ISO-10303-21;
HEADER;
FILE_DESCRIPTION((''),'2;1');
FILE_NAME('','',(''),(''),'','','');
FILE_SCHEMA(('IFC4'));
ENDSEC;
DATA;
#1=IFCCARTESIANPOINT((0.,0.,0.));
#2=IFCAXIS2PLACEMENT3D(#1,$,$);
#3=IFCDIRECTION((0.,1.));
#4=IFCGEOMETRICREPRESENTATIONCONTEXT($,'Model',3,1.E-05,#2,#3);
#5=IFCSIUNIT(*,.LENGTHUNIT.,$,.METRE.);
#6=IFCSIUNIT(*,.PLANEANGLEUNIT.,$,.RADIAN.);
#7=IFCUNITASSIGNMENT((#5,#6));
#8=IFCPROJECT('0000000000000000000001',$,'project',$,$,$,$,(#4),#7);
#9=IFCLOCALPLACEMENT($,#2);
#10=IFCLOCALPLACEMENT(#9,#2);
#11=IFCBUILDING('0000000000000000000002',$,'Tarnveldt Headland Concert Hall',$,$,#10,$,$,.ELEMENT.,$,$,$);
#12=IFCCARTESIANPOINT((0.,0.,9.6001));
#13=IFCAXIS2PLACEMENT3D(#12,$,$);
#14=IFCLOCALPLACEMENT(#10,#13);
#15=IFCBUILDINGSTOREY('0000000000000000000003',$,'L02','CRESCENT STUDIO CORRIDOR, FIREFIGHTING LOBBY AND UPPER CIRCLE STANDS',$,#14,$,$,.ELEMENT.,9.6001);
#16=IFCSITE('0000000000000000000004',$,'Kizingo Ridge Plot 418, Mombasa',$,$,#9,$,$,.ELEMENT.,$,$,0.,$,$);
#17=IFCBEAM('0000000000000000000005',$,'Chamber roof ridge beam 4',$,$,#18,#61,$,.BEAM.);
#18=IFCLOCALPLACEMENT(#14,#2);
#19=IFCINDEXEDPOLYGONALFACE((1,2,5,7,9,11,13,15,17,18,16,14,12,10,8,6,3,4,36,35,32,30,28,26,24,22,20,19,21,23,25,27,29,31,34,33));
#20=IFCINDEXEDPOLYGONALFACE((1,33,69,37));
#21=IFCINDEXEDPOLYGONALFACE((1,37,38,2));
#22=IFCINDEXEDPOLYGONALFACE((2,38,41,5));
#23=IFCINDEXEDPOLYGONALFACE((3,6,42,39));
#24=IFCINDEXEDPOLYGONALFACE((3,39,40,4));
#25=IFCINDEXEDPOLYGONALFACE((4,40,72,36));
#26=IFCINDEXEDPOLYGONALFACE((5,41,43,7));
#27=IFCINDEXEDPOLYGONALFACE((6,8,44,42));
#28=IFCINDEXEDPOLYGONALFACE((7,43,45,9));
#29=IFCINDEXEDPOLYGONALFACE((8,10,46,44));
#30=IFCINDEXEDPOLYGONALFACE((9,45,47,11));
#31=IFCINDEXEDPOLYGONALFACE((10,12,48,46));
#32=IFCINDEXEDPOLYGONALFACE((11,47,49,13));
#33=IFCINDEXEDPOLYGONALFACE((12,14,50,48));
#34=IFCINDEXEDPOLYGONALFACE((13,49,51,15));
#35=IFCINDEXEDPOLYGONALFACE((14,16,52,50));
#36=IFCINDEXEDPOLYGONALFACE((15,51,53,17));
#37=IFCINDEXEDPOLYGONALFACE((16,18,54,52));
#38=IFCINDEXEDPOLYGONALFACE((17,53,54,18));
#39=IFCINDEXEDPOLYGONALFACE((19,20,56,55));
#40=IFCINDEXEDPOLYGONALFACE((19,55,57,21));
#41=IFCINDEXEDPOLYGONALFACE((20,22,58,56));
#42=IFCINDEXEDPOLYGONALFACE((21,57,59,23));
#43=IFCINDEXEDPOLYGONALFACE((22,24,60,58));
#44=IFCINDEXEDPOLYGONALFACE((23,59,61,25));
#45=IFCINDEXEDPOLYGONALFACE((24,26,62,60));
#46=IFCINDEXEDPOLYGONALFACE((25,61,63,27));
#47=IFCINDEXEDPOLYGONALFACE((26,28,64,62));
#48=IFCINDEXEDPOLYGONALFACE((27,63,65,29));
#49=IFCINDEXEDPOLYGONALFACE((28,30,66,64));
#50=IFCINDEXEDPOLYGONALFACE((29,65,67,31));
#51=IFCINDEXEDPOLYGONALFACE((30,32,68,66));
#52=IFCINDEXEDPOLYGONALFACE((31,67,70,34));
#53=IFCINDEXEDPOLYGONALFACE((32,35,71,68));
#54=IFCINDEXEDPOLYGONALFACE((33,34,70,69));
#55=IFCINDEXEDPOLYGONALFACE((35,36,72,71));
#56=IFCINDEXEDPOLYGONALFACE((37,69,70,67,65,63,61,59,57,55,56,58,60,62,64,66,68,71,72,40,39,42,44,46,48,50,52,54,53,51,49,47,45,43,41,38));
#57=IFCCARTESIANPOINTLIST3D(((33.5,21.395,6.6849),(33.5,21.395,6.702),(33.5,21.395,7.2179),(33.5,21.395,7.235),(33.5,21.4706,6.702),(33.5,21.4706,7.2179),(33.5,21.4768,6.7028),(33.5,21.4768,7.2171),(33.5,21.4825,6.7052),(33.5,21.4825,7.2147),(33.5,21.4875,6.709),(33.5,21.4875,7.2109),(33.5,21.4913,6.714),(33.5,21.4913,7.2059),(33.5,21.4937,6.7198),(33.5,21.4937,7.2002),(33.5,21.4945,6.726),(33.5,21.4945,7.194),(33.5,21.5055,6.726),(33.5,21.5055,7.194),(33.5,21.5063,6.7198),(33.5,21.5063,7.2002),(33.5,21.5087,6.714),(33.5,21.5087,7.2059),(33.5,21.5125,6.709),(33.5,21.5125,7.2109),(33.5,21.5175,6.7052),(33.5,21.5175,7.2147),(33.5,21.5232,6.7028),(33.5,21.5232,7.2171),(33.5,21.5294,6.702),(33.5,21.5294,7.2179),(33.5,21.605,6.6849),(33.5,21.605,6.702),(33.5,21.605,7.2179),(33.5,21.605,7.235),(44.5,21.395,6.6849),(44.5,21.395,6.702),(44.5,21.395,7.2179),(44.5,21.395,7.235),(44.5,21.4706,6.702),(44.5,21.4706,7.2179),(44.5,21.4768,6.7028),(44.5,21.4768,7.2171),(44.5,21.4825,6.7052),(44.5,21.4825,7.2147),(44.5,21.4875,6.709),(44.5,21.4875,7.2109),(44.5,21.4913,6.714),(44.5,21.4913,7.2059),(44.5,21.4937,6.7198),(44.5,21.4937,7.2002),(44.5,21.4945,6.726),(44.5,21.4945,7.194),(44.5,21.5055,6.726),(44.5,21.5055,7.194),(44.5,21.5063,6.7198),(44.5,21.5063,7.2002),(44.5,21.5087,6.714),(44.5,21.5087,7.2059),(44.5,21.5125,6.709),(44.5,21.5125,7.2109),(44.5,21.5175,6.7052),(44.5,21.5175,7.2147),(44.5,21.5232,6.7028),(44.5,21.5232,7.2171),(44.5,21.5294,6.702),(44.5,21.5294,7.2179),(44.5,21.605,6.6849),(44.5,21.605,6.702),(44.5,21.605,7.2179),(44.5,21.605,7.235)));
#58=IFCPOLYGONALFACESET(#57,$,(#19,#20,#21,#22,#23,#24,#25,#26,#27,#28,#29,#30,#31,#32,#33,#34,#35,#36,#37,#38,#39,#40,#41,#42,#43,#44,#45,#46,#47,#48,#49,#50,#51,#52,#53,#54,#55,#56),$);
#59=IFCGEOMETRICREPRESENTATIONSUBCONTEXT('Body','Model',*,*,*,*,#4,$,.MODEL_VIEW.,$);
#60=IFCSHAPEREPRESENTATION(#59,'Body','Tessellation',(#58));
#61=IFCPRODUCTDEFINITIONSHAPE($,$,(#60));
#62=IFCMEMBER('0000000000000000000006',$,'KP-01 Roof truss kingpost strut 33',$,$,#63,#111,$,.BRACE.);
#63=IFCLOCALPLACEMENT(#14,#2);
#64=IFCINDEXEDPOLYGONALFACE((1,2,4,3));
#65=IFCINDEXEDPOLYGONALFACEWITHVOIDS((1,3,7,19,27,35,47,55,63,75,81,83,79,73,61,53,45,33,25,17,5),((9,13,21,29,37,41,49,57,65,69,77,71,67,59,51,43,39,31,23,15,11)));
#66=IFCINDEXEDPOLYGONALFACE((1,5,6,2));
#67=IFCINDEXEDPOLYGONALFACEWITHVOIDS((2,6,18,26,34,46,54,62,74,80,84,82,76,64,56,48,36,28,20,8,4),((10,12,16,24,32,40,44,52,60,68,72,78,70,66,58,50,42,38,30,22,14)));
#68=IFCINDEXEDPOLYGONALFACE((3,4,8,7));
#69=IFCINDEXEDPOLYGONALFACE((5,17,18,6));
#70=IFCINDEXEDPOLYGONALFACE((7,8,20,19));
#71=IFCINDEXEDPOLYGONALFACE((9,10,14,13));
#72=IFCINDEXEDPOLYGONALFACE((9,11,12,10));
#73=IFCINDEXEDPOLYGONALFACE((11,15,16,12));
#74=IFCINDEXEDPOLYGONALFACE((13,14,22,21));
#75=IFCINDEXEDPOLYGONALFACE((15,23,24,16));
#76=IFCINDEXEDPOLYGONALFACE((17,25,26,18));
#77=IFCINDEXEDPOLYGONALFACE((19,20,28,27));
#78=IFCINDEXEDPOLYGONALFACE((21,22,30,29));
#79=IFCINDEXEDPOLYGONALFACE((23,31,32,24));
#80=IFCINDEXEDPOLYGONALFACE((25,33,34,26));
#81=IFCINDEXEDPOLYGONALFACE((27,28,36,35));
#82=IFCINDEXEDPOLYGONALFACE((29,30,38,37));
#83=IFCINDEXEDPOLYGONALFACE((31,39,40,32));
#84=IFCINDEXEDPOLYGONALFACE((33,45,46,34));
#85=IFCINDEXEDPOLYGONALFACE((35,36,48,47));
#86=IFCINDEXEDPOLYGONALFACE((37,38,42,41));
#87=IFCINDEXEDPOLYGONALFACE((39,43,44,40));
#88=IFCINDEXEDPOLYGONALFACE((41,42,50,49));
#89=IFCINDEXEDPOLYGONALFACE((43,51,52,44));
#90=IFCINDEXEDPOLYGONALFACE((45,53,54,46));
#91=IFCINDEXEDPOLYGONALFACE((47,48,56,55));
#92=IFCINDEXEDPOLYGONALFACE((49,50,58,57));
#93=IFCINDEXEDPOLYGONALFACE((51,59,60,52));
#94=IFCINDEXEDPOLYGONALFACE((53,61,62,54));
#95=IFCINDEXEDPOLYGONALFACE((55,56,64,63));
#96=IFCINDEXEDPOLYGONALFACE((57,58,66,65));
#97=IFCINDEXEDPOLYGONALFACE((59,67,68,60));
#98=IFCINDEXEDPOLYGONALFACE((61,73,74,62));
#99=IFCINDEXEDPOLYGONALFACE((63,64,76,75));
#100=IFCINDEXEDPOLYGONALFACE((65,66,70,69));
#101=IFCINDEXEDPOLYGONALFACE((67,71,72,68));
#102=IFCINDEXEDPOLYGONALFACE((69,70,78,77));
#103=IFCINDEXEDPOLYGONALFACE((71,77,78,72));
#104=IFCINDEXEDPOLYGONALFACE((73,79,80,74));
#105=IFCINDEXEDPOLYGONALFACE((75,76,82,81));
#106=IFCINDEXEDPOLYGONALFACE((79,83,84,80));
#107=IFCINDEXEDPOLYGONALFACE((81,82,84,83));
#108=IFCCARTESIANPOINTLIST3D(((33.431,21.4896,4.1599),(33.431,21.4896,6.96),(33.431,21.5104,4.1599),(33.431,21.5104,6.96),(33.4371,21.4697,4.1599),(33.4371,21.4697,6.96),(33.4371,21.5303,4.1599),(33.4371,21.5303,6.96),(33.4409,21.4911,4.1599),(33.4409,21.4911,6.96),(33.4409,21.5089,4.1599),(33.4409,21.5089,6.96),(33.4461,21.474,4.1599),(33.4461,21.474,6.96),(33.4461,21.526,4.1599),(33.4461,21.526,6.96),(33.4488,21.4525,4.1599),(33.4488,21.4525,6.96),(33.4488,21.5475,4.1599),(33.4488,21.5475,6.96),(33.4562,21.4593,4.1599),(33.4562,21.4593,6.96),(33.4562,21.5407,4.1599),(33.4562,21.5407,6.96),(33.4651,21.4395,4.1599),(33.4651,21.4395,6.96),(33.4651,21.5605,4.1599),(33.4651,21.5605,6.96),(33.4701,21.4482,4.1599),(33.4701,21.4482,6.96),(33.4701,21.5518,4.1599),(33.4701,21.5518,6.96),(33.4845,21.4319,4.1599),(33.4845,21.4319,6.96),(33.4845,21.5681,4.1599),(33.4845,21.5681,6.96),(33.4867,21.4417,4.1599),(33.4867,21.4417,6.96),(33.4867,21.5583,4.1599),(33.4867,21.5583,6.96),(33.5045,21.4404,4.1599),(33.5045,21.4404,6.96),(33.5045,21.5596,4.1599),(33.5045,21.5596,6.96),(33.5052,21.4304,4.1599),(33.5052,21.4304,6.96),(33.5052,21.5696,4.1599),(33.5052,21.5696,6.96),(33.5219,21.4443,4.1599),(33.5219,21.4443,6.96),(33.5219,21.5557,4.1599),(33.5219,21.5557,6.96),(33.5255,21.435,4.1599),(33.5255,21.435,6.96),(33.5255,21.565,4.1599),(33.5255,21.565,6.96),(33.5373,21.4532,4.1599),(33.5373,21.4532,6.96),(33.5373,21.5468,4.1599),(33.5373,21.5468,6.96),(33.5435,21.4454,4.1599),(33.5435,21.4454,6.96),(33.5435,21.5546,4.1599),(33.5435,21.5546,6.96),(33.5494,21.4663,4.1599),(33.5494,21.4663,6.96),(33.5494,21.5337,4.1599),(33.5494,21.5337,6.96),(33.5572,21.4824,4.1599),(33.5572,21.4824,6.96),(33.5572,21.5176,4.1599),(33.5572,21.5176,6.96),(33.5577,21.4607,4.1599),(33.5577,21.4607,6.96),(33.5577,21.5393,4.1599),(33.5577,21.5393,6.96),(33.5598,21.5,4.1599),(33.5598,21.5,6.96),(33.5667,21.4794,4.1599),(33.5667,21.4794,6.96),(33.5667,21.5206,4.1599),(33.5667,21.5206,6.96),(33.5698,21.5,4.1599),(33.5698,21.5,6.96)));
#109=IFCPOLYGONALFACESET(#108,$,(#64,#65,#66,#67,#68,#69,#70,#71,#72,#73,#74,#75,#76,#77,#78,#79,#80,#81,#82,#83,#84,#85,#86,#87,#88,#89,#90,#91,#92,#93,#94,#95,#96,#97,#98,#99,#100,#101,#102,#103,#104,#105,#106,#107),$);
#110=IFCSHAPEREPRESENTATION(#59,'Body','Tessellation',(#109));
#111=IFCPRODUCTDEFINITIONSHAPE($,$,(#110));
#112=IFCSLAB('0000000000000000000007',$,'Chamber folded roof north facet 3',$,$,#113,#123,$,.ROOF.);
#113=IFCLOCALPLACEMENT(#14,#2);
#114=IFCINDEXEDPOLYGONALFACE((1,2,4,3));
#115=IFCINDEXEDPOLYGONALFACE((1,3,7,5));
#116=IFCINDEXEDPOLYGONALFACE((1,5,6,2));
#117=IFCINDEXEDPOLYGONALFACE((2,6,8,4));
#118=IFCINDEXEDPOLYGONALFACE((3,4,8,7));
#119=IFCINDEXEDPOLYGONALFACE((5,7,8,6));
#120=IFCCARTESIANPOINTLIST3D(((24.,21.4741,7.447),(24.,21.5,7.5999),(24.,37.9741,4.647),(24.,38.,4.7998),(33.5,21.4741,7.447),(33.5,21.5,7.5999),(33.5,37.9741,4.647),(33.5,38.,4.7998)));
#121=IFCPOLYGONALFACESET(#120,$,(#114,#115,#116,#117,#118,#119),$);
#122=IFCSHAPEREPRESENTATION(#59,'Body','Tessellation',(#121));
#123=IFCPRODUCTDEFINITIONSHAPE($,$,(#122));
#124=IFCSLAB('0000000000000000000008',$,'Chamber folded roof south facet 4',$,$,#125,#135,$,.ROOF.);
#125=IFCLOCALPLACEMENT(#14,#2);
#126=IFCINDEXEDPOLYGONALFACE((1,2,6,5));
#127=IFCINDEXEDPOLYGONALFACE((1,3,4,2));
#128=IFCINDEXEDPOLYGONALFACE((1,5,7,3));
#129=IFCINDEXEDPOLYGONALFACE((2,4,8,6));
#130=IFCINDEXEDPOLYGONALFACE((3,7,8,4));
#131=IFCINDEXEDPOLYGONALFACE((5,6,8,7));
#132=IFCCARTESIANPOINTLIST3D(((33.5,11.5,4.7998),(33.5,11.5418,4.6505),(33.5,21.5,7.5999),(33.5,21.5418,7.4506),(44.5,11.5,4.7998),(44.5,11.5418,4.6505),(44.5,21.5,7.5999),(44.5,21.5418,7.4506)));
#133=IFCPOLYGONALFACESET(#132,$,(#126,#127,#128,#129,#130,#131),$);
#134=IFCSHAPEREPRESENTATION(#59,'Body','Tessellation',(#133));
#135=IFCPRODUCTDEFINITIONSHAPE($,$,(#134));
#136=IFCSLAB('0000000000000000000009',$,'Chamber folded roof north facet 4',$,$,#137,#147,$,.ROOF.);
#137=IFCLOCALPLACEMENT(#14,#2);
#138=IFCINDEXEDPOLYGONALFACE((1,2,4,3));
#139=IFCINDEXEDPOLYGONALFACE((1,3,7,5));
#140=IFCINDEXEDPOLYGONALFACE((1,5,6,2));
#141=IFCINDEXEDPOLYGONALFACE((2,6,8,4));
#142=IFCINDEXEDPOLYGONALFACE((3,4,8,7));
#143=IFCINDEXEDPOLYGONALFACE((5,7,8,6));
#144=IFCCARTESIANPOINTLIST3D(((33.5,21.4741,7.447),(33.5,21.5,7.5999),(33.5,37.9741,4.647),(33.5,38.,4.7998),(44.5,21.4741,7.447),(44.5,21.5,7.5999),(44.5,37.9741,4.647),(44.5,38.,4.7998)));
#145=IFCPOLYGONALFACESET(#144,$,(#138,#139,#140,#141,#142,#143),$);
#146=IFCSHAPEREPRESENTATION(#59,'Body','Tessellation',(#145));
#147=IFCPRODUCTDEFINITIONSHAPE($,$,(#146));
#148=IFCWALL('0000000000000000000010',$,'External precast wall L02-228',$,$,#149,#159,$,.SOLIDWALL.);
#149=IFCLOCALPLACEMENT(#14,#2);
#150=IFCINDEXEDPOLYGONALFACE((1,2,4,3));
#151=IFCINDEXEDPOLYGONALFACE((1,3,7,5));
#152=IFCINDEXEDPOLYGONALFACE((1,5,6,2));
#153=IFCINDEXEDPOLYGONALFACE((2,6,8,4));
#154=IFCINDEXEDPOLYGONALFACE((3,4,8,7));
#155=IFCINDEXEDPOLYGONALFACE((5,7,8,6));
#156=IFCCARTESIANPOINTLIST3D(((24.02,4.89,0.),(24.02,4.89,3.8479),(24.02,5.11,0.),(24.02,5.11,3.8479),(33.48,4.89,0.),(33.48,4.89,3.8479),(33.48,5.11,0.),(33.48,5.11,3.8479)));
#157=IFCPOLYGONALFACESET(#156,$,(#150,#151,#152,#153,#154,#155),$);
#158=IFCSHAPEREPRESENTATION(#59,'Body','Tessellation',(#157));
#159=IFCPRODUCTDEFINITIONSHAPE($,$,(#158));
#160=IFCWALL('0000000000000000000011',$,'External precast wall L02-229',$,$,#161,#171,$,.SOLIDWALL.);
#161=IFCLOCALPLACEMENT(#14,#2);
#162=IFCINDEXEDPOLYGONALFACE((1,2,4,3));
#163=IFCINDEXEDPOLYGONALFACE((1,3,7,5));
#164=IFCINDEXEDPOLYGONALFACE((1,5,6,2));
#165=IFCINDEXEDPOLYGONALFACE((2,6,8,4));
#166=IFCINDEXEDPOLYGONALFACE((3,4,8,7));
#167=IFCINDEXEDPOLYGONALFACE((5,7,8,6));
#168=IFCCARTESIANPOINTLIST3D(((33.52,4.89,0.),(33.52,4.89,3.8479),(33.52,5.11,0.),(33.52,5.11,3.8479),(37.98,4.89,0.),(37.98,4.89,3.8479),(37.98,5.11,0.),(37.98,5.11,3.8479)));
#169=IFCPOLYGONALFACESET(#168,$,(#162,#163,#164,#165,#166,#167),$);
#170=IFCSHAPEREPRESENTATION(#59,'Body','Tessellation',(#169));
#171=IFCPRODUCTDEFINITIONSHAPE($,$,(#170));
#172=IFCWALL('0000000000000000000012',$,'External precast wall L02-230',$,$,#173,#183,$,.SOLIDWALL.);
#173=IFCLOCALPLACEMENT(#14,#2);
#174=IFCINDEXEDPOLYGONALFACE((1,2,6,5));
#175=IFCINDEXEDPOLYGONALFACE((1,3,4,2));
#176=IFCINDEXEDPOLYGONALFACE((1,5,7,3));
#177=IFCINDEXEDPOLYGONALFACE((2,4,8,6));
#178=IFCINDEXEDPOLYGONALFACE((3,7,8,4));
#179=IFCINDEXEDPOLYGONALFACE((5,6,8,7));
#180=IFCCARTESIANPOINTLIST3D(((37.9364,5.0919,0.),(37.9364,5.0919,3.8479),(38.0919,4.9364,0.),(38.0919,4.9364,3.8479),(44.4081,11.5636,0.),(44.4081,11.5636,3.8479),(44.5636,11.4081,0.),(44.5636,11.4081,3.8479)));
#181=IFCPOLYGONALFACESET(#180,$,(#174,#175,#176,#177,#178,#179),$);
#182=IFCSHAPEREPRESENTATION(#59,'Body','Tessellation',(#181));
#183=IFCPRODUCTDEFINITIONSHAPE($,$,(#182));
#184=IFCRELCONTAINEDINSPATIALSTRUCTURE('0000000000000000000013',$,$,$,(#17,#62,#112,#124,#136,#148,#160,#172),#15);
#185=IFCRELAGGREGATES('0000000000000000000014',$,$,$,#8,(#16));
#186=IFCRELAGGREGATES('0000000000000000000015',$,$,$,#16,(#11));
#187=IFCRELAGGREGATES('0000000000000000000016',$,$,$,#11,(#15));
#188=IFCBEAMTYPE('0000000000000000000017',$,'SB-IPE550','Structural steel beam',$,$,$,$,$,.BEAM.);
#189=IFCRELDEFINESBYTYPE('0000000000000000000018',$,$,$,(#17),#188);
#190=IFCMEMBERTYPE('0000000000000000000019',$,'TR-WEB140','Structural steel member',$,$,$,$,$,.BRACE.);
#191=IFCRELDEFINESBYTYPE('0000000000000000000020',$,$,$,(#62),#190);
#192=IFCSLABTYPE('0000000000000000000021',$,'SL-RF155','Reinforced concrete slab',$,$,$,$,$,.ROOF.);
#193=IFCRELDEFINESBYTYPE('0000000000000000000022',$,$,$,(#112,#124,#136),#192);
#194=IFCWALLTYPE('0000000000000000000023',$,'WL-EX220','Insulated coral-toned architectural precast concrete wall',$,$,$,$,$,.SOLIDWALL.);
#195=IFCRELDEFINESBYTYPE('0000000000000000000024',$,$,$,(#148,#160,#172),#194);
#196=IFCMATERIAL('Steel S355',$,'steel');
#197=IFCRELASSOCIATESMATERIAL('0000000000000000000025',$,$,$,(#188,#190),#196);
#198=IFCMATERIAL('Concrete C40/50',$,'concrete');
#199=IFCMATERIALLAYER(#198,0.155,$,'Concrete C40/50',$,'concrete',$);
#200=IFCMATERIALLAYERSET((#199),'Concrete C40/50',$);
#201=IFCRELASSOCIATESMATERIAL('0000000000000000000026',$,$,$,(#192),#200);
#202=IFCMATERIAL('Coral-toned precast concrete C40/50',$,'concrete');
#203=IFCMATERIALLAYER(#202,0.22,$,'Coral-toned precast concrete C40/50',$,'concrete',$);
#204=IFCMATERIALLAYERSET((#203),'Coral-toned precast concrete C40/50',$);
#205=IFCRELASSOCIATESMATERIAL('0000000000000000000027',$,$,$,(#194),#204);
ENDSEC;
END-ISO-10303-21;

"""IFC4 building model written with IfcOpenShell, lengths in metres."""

from ifc_helpers import new_model, si_unit, direction, frame, frame_2d, origin, origin_2d, place, context, subcontext, project, spatial, polyline, rectangle, hollow_circle, i_section, outline, extrude, material, layer, layer_set, material_profile, profile_set, type_object, element, save


model = new_model("IFC4")

# Units and contexts
model_context = context("Model", 3, precision=1e-05, world=origin(), true_north=direction((0.0, 1.0)))
body_context = subcontext(model_context, "Body", "Model", "MODEL_VIEW")
ifc_project = project(units=[si_unit("LENGTHUNIT", "METRE"), si_unit("PLANEANGLEUNIT", "RADIAN")], contexts=[model_context])

# Site, building, storey
site_placement = place(None, origin())
site = spatial("IfcSite", under=ifc_project, at=site_placement, Name="Kizingo Ridge Plot 418, Mombasa", CompositionType="ELEMENT", RefElevation=0.0)
building_placement = place(site_placement, origin())
building = spatial("IfcBuilding", under=site, at=building_placement, Name="Tarnveldt Headland Concert Hall", CompositionType="ELEMENT")
storey_placement = place(building_placement, frame((0.0, 0.0, 9.6001)))
storey = spatial("IfcBuildingStorey", under=building, at=storey_placement, Name="L02", Description="CRESCENT STUDIO CORRIDOR, FIREFIGHTING LOBBY AND UPPER CIRCLE STANDS", CompositionType="ELEMENT", Elevation=9.6001)

# Shared definitions
ifc_material_1 = material(Name="Steel S355", Category="steel")

# Beam
ifc_material_profile_1 = material_profile(ifc_material_1, i_section(OverallWidth=0.21, OverallDepth=0.55, WebThickness=0.011, FlangeThickness=0.0171, FilletRadius=0.0239, at=origin_2d()), Name="IPE550", Category="steel")
ifc_profile_set_1 = profile_set([ifc_material_profile_1], Name="Steel S355")
beam_type_1 = type_object("IfcBeamType", Name="SB-IPE550", Description="Structural steel beam", PredefinedType="BEAM", material=ifc_profile_set_1)
beam_1_placement = place(storey_placement, frame((33.5, 21.5, 6.96), z_axis=(1.0, 0.0, 0.0), x_axis=(0.0, 1.0, 0.0)))
element("IfcBeam", 1, at=beam_1_placement, inside=storey, type_object=beam_type_1, Name="Chamber roof ridge beam 4", PredefinedType="BEAM", context=body_context, shape_type="SweptSolid", body=[
    extrude(i_section(OverallWidth=0.21, OverallDepth=0.55, WebThickness=0.011, FlangeThickness=0.0171, FilletRadius=0.0239, at=origin_2d()), origin(), (0.0, 0.0, 1.0), 11.0),
])

# Member
ifc_material_profile_2 = material_profile(ifc_material_1, hollow_circle(Radius=0.0698, WallThickness=0.01, at=origin_2d()), Name="CHS 139.7x10", Category="steel")
ifc_profile_set_2 = profile_set([ifc_material_profile_2], Name="Steel S355")
member_type_1 = type_object("IfcMemberType", Name="TR-WEB140", Description="Structural steel member", PredefinedType="BRACE", material=ifc_profile_set_2)
member_1_placement = place(storey_placement, frame((33.5, 21.5, 4.1599), z_axis=(0.0, 0.0, 1.0), x_axis=(1.0, 0.0, 0.0)))
element("IfcMember", 2, at=member_1_placement, inside=storey, type_object=member_type_1, Name="KP-01 Roof truss kingpost strut 33", PredefinedType="BRACE", context=body_context, shape_type="SweptSolid", body=[
    extrude(hollow_circle(Radius=0.0698, WallThickness=0.01, at=origin_2d()), origin(), (0.0, 0.0, 1.0), 2.8),
])

# Slabs
ifc_material_2 = material(Name="Concrete C40/50", Category="concrete")
ifc_layer_1 = layer(ifc_material_2, 0.155, Name="Concrete C40/50", Category="concrete")
ifc_layer_set_1 = layer_set([ifc_layer_1], Name="Concrete C40/50")
slab_type = type_object("IfcSlabType", Name="SL-RF155", Description="Reinforced concrete slab", PredefinedType="ROOF", material=ifc_layer_set_1)
slab_1_placement = place(storey_placement, frame((24.0, 21.5, 7.5999), z_axis=(0.0, 0.167308, 0.985905), x_axis=(1.0, 0.0, 0.0)))
element("IfcSlab", 3, at=slab_1_placement, inside=storey, type_object=slab_type, Name="Chamber folded roof north facet 3", PredefinedType="ROOF", context=body_context, shape_type="SweptSolid", body=[
    extrude(outline(polyline([(0.0, 0.0), (9.5, 0.0), (9.5, 16.7359), (0.0, 16.7359), (0.0, 0.0)])), origin(), (0.0, 0.0, -1.0), 0.155),
])
slab_2_placement = place(storey_placement, frame((33.5, 11.5, 4.7998), z_axis=(0.0, -0.269634, 0.962963), x_axis=(1.0, 0.0, 0.0)))
element("IfcSlab", 4, at=slab_2_placement, inside=storey, type_object=slab_type, Name="Chamber folded roof south facet 4", PredefinedType="ROOF", context=body_context, shape_type="SweptSolid", body=[
    extrude(outline(polyline([(0.0, 0.0), (11.0, 0.0), (11.0, 10.3846), (0.0, 10.3846), (0.0, 0.0)])), origin(), (0.0, 0.0, -1.0), 0.155),
])
slab_3_placement = place(storey_placement, frame((33.5, 21.5, 7.5999), z_axis=(0.0, 0.167308, 0.985905), x_axis=(1.0, 0.0, 0.0)))
element("IfcSlab", 5, at=slab_3_placement, inside=storey, type_object=slab_type, Name="Chamber folded roof north facet 4", PredefinedType="ROOF", context=body_context, shape_type="SweptSolid", body=[
    extrude(outline(polyline([(0.0, 0.0), (11.0, 0.0), (11.0, 16.7359), (0.0, 16.7359), (0.0, 0.0)])), origin(), (0.0, 0.0, -1.0), 0.155),
])

# Walls
ifc_material_3 = material(Name="Coral-toned precast concrete C40/50", Category="concrete")
ifc_layer_2 = layer(ifc_material_3, 0.22, Name="Coral-toned precast concrete C40/50", Category="concrete")
ifc_layer_set_2 = layer_set([ifc_layer_2], Name="Coral-toned precast concrete C40/50")
wall_type_1 = type_object("IfcWallType", Name="WL-EX220", Description="Insulated coral-toned architectural precast concrete wall", PredefinedType="SOLIDWALL", material=ifc_layer_set_2)
wall_1_placement = place(storey_placement, frame((33.48, 5.0, 0.0), z_axis=(0.0, 0.0, 1.0), x_axis=(-1.0, 0.0, 0.0)))
element("IfcWall", 6, at=wall_1_placement, inside=storey, type_object=wall_type_1, Name="External precast wall L02-228", PredefinedType="SOLIDWALL", context=body_context, shape_type="SweptSolid", body=[
    extrude(rectangle(XDim=9.46, YDim=0.22, at=frame_2d((4.73, 0.0))), origin(), (0.0, 0.0, 1.0), 3.8479),
])
wall_2_placement = place(storey_placement, frame((37.98, 5.0, 0.0), z_axis=(0.0, 0.0, 1.0), x_axis=(-1.0, 0.0, 0.0)))
element("IfcWall", 7, at=wall_2_placement, inside=storey, type_object=wall_type_1, Name="External precast wall L02-229", PredefinedType="SOLIDWALL", context=body_context, shape_type="SweptSolid", body=[
    extrude(rectangle(XDim=4.46, YDim=0.22, at=frame_2d((2.23, 0.0))), origin(), (0.0, 0.0, 1.0), 3.8479),
])
wall_3_placement = place(storey_placement, frame((44.4858, 11.4858, 0.0), z_axis=(0.0, 0.0, 1.0), x_axis=(-0.707107, -0.707107, 0.0)))
element("IfcWall", 8, at=wall_3_placement, inside=storey, type_object=wall_type_1, Name="External precast wall L02-230", PredefinedType="SOLIDWALL", context=body_context, shape_type="SweptSolid", body=[
    extrude(rectangle(XDim=9.1523, YDim=0.22, at=frame_2d((4.5762, 0.0))), origin(), (0.0, 0.0, 1.0), 3.8479),
])

save(model, "model.ifc")
